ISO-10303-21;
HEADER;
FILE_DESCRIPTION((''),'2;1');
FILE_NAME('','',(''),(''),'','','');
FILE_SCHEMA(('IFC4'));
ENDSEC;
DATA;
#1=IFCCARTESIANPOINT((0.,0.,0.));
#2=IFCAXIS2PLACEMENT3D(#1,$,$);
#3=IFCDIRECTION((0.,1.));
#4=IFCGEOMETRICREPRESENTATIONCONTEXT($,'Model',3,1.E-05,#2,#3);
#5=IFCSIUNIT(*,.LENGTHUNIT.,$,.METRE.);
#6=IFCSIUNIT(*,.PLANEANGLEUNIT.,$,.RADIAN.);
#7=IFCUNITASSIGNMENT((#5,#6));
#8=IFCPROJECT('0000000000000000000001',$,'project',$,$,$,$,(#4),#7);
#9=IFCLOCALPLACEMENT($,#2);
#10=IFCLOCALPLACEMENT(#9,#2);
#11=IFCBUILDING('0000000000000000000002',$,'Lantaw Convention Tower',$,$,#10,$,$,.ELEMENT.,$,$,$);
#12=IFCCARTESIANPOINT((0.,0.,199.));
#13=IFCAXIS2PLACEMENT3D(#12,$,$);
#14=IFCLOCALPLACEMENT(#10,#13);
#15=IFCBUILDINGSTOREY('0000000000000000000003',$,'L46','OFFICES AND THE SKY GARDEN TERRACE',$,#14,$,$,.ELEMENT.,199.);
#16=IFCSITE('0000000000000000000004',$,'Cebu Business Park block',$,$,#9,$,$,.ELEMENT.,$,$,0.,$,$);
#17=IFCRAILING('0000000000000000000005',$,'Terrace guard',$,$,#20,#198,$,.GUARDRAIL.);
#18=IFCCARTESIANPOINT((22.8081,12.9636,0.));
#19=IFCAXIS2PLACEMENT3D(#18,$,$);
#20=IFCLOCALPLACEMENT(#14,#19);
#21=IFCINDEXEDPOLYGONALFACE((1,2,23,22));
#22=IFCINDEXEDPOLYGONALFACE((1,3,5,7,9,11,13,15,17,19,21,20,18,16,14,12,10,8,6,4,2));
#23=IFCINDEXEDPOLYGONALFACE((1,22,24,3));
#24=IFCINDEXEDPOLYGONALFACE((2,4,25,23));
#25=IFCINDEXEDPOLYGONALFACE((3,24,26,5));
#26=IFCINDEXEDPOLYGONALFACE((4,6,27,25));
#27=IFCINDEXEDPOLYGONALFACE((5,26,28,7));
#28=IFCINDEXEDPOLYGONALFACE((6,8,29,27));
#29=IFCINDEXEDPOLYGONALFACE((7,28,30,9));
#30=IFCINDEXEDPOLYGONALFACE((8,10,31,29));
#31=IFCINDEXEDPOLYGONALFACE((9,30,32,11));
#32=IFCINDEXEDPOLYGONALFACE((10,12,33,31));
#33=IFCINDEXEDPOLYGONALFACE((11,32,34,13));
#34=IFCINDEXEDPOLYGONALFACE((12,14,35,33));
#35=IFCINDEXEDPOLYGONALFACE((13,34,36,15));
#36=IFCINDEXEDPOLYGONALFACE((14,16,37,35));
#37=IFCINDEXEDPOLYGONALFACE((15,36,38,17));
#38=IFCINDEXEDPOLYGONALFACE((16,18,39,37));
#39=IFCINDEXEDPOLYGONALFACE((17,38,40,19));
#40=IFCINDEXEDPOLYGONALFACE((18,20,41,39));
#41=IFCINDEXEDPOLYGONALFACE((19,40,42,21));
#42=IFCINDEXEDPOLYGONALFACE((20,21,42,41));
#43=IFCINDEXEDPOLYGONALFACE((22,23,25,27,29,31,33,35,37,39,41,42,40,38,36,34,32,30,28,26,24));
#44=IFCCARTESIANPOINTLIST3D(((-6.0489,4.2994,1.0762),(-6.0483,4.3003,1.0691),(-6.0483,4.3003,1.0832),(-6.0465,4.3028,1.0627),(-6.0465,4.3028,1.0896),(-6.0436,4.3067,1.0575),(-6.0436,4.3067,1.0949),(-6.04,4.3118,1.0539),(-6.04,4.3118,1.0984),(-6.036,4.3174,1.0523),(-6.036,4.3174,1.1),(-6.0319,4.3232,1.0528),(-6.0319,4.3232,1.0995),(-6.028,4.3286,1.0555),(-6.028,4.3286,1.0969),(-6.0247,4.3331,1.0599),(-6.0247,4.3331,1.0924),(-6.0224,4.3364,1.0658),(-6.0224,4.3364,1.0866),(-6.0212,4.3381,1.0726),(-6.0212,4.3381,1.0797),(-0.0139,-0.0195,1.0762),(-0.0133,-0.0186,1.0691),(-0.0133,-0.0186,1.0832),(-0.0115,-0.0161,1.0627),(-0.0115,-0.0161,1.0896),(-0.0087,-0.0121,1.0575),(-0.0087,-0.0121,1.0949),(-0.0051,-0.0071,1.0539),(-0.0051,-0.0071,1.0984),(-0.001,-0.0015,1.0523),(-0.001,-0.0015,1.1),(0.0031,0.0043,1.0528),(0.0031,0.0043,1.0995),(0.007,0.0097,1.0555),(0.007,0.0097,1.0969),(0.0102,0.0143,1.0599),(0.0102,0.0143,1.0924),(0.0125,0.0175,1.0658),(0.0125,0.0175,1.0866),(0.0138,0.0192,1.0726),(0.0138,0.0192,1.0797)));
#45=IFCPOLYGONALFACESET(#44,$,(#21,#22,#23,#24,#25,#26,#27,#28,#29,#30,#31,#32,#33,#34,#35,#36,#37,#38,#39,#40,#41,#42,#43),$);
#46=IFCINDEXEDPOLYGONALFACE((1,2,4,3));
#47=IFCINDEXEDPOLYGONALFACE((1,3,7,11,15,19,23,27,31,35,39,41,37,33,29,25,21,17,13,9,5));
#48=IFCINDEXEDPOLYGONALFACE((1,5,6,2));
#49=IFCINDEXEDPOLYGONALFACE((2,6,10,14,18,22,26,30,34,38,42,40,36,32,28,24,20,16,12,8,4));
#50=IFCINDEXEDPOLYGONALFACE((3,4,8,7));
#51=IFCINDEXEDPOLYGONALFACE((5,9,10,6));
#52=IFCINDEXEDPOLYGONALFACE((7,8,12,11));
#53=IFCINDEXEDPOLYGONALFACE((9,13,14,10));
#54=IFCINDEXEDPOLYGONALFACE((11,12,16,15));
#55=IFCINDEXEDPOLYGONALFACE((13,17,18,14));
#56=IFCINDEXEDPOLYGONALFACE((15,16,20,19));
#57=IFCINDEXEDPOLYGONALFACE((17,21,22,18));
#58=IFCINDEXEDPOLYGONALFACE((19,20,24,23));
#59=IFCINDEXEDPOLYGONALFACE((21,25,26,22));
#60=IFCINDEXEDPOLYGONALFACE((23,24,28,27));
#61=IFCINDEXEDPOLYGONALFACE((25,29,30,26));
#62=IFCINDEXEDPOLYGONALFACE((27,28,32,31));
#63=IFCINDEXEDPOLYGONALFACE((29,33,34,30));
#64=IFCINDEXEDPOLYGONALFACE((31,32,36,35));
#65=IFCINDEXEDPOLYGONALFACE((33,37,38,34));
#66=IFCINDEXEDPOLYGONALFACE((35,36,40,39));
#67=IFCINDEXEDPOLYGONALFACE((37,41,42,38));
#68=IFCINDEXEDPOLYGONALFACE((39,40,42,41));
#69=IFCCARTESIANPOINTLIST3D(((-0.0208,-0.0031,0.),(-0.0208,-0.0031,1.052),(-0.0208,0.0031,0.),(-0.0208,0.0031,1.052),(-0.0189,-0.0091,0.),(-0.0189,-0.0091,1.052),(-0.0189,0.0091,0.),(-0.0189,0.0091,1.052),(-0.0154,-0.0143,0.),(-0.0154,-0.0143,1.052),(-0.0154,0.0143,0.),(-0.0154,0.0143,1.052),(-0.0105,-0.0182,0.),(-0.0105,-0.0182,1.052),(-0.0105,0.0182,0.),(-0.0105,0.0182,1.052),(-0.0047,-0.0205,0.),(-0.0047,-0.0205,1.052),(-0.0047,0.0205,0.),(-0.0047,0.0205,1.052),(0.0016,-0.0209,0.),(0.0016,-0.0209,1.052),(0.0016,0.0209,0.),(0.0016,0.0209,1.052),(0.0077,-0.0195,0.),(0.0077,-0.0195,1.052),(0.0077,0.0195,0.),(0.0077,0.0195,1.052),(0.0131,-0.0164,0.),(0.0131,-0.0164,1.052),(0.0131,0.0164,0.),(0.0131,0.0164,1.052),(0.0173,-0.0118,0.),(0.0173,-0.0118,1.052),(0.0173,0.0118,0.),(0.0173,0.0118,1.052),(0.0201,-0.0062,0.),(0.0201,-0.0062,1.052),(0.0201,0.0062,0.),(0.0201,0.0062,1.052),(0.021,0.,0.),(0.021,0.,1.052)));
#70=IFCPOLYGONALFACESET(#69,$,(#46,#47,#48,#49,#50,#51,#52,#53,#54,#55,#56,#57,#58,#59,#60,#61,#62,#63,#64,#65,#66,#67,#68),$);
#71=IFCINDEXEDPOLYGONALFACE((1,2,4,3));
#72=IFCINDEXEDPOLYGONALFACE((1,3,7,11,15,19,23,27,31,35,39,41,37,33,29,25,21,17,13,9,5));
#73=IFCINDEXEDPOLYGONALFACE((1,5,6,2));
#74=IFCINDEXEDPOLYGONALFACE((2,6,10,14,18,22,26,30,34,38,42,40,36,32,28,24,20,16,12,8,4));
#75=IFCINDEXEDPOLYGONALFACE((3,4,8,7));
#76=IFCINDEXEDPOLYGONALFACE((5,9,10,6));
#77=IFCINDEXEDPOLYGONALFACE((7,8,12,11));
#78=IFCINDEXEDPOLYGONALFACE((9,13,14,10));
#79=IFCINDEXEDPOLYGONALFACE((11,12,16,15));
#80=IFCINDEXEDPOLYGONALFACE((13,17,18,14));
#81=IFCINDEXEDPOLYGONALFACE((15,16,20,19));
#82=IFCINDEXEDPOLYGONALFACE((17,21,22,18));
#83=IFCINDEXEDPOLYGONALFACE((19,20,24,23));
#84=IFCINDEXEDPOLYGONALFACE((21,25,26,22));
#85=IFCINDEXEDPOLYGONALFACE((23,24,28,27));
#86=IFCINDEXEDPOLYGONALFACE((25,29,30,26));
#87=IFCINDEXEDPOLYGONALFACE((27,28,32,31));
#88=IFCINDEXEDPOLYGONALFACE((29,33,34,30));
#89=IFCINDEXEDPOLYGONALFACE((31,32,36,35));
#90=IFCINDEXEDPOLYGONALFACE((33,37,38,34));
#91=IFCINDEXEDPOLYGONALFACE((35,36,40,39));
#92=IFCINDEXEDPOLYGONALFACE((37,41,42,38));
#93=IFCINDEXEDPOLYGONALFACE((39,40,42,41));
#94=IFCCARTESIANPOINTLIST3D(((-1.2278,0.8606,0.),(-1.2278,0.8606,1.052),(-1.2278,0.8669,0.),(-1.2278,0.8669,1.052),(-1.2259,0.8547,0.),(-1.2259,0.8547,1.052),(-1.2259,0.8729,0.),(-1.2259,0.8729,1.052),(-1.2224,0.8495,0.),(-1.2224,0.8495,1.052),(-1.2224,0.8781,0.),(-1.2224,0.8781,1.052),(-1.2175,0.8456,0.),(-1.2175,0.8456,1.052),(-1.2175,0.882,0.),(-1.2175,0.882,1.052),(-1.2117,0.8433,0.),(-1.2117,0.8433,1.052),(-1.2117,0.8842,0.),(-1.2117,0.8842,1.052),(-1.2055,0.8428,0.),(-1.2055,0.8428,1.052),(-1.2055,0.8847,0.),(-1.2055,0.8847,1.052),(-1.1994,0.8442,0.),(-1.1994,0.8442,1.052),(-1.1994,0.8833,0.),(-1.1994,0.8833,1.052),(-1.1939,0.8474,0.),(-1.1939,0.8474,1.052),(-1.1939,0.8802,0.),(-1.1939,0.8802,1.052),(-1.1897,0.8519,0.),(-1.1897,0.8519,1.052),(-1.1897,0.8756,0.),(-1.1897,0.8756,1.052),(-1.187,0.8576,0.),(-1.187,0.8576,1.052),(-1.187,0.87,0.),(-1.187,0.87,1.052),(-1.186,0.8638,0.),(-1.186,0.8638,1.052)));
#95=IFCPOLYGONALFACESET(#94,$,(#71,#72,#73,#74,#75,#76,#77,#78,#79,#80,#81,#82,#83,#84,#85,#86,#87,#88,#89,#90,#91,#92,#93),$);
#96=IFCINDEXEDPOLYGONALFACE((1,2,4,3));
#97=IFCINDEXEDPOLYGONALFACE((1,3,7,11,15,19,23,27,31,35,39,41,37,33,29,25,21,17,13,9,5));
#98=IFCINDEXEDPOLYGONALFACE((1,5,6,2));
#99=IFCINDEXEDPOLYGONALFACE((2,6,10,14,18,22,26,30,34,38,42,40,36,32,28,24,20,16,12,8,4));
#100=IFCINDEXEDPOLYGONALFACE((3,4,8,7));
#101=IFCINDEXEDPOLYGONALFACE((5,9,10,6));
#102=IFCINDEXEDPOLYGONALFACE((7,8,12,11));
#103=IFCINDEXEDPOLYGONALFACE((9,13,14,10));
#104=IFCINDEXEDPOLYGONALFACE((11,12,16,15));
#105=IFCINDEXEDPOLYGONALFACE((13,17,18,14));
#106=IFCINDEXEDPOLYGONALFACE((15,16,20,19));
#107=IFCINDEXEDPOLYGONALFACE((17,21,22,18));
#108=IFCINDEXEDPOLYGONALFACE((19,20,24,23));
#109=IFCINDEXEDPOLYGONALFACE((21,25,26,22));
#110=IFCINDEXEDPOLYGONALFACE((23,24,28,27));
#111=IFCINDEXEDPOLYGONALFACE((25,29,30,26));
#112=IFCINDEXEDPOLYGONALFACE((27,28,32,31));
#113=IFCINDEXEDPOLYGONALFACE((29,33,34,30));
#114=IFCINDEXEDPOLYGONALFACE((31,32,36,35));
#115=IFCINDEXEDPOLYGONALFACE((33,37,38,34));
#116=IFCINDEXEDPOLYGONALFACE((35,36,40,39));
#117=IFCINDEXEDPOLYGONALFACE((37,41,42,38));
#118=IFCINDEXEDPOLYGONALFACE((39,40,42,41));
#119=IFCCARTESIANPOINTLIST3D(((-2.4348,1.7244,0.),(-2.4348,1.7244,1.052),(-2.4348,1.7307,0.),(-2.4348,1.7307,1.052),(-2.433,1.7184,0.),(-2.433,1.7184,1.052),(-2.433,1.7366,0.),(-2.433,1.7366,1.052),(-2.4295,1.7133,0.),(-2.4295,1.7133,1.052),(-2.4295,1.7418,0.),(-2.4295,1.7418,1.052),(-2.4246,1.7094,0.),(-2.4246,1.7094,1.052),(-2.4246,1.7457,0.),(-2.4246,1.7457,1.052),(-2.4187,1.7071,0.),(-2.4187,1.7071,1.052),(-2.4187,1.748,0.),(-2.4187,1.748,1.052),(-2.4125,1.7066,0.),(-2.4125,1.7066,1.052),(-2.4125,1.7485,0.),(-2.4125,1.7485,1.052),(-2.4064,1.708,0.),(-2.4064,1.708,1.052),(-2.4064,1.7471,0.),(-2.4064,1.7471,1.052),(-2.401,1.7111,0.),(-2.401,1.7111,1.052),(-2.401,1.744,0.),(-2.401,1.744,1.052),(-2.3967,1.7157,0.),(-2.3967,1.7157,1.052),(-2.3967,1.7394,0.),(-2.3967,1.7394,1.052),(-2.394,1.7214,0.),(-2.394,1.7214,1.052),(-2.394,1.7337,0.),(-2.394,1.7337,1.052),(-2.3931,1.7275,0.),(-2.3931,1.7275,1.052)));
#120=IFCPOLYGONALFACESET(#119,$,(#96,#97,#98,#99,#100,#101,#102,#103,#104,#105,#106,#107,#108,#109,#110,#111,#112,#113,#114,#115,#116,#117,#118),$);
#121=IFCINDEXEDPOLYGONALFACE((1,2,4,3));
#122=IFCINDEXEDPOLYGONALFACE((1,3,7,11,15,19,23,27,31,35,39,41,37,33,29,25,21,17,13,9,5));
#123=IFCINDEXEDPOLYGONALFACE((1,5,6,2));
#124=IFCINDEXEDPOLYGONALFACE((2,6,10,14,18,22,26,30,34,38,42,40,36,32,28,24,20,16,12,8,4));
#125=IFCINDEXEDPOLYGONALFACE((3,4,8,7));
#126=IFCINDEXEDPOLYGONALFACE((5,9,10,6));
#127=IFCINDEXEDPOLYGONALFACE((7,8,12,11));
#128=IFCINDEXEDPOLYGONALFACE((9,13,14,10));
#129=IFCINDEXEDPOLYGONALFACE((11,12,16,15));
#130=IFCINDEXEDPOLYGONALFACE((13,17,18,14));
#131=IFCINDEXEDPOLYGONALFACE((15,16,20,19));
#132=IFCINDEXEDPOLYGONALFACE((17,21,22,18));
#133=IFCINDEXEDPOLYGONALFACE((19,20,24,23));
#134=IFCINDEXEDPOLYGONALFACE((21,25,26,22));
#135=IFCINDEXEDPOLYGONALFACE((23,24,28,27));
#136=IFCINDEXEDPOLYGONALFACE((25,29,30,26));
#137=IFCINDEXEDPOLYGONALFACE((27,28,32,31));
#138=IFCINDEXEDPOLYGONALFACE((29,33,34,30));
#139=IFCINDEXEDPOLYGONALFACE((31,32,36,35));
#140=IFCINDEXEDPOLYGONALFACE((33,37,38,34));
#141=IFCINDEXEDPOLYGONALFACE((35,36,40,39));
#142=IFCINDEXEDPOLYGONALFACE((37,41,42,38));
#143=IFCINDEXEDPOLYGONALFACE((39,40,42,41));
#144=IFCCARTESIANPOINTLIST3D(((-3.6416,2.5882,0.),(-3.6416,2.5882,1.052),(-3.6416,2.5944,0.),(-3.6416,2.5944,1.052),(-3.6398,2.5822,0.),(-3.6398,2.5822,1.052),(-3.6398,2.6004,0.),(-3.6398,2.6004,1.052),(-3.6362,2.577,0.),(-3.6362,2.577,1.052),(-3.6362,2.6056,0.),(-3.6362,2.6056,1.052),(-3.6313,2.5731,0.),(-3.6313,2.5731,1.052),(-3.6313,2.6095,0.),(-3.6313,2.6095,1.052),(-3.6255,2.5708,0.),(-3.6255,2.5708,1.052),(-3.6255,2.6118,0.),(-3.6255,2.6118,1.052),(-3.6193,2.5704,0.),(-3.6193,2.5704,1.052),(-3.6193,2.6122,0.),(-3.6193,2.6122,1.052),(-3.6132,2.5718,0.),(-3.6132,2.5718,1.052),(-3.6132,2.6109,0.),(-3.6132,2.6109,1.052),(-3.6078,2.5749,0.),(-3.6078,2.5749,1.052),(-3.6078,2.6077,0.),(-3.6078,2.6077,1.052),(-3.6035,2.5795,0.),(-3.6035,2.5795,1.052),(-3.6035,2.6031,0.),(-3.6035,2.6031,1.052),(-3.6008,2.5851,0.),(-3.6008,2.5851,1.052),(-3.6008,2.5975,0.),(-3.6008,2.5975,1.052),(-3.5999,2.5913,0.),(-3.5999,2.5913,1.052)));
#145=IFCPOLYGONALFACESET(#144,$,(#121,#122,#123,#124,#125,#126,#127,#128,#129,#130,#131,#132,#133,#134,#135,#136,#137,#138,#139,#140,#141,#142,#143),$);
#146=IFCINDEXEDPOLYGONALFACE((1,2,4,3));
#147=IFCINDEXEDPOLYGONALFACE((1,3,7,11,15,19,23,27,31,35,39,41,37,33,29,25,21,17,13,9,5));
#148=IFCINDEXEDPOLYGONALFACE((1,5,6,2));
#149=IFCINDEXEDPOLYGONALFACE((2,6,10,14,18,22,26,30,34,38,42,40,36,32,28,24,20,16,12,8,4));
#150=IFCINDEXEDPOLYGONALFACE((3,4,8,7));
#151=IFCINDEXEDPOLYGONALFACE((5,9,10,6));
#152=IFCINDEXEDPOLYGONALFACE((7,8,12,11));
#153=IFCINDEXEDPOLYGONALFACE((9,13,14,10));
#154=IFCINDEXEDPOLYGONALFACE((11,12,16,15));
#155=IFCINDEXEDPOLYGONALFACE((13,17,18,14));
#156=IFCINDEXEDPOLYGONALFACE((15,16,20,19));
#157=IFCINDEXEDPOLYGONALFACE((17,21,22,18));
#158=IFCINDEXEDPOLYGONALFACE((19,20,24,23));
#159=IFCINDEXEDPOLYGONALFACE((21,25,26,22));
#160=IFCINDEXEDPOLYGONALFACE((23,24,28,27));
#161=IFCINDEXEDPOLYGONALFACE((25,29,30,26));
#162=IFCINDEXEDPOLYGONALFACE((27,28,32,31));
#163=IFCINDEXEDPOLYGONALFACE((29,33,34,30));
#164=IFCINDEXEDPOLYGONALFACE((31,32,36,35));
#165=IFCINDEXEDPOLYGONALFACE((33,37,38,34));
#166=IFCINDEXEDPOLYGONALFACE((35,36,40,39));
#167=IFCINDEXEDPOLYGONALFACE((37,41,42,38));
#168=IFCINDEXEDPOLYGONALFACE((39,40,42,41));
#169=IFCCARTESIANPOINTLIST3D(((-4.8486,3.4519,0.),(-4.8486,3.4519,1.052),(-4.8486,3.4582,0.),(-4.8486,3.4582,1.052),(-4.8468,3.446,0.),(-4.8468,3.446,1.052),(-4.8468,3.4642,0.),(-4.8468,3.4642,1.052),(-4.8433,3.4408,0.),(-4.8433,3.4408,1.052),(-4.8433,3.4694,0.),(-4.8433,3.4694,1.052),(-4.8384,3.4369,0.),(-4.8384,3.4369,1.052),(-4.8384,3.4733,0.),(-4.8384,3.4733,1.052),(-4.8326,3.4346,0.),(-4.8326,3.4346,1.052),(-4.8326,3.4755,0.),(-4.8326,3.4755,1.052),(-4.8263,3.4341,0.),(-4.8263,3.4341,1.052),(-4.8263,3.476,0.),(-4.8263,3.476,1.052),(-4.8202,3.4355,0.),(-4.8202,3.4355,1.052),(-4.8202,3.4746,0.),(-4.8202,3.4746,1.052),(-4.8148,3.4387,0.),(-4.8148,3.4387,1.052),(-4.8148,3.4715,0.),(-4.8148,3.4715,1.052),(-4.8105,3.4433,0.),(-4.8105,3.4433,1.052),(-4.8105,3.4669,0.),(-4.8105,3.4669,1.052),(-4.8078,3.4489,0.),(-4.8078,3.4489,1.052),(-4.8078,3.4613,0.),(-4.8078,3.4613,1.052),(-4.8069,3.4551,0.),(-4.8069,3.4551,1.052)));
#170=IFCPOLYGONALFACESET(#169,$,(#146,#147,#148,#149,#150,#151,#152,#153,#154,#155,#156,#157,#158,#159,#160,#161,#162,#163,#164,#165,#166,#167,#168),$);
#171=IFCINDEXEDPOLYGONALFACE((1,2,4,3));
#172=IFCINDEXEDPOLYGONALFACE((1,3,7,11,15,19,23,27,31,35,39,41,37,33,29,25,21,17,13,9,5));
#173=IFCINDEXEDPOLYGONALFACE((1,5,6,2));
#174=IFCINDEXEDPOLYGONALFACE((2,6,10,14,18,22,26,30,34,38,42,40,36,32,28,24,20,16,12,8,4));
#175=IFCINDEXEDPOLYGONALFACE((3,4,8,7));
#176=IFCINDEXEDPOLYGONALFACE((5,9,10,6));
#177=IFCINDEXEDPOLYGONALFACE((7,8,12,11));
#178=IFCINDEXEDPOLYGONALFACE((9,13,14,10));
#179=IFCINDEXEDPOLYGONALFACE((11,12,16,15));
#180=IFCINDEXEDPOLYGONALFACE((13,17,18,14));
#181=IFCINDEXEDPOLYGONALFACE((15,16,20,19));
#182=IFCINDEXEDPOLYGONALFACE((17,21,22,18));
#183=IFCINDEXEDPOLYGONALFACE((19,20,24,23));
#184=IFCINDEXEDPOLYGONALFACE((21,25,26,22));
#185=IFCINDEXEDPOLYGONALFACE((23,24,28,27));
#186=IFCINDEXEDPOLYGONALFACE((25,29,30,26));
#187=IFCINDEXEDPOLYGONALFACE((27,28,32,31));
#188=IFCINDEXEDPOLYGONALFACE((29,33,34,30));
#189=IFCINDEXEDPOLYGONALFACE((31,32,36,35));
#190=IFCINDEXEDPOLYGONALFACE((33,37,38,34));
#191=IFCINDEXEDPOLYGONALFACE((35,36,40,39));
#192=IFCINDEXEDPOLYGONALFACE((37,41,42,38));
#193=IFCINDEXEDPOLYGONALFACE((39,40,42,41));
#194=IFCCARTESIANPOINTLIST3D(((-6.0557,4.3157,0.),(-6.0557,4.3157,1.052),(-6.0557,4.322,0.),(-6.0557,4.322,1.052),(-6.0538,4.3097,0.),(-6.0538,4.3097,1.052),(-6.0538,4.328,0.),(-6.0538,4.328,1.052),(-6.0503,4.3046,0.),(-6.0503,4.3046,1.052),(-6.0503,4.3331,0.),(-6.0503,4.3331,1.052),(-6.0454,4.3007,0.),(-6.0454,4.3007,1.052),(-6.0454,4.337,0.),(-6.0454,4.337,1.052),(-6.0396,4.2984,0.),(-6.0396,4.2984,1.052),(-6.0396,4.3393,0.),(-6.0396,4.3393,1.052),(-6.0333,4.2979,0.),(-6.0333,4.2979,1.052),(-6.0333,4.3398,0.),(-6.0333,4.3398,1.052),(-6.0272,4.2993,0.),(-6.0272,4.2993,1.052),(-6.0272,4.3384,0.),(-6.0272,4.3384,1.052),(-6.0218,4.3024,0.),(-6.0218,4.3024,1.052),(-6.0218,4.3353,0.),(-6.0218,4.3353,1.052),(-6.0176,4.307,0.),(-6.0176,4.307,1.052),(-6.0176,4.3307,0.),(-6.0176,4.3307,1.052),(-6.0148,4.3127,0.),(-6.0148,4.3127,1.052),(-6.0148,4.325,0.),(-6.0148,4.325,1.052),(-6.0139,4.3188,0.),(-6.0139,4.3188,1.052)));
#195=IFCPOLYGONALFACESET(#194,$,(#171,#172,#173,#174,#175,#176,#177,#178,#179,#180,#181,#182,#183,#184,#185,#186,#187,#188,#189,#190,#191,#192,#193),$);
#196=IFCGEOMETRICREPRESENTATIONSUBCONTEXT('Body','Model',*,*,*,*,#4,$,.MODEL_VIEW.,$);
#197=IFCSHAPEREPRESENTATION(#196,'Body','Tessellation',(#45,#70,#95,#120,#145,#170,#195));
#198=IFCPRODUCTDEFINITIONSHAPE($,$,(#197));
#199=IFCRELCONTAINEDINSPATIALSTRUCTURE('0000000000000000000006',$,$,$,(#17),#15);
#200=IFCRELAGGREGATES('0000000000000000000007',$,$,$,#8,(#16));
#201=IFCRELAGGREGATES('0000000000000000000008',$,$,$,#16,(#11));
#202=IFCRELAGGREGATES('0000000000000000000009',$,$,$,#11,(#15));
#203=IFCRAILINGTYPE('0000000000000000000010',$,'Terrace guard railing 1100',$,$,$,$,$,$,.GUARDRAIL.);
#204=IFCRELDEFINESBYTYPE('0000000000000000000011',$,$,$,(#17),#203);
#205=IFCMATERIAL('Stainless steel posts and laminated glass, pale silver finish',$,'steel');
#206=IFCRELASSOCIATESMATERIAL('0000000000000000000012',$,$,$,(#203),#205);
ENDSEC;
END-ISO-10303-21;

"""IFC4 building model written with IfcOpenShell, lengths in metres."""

from ifc_helpers import new_model, si_unit, direction, frame, origin, origin_2d, place, context, subcontext, project, spatial, circle, extrude, material, type_object, element, save


model = new_model("IFC4")

# Units and contexts
model_context = context("Model", 3, precision=1e-05, world=origin(), true_north=direction((0.0, 1.0)))
body_context = subcontext(model_context, "Body", "Model", "MODEL_VIEW")
ifc_project = project(units=[si_unit("LENGTHUNIT", "METRE"), si_unit("PLANEANGLEUNIT", "RADIAN")], contexts=[model_context])

# Site, building, storey
site_placement = place(None, origin())
site = spatial("IfcSite", under=ifc_project, at=site_placement, Name="Cebu Business Park block", CompositionType="ELEMENT", RefElevation=0.0)
building_placement = place(site_placement, origin())
building = spatial("IfcBuilding", under=site, at=building_placement, Name="Lantaw Convention Tower", CompositionType="ELEMENT")
storey_placement = place(building_placement, frame((0.0, 0.0, 199.0)))
storey = spatial("IfcBuildingStorey", under=building, at=storey_placement, Name="L46", Description="OFFICES AND THE SKY GARDEN TERRACE", CompositionType="ELEMENT", Elevation=199.0)

# Railing
ifc_material_1 = material(Name="Stainless steel posts and laminated glass, pale silver finish", Category="steel")
railing_type = type_object("IfcRailingType", Name="Terrace guard railing 1100", PredefinedType="GUARDRAIL", material=ifc_material_1)
railing_1_placement = place(storey_placement, frame((22.8081, 12.9636, 0.0)))
element("IfcRailing", 1, at=railing_1_placement, inside=storey, type_object=railing_type, Name="Terrace guard", PredefinedType="GUARDRAIL", context=body_context, shape_type="SweptSolid", body=[
    extrude(circle(Radius=0.0239, at=origin_2d()), frame((0.0, 0.0, 1.0762), z_axis=(-0.813211, 0.581969, 0.0), x_axis=(-0.581969, -0.813211, 0.0)), (0.0, 0.0, 1.0), 7.4211),
    extrude(circle(Radius=0.021, at=origin_2d()), origin(), (0.0, 0.0, 1.0), 1.052),
    extrude(circle(Radius=0.021, at=origin_2d()), frame((-1.207, 0.8638, 0.0)), (0.0, 0.0, 1.0), 1.052),
    extrude(circle(Radius=0.021, at=origin_2d()), frame((-2.4141, 1.7275, 0.0)), (0.0, 0.0, 1.0), 1.052),
    extrude(circle(Radius=0.021, at=origin_2d()), frame((-3.6208, 2.5913, 0.0)), (0.0, 0.0, 1.0), 1.052),
    extrude(circle(Radius=0.021, at=origin_2d()), frame((-4.8279, 3.4551, 0.0)), (0.0, 0.0, 1.0), 1.052),
    extrude(circle(Radius=0.021, at=origin_2d()), frame((-6.0349, 4.3188, 0.0)), (0.0, 0.0, 1.0), 1.052),
])

save(model, "model.ifc")
